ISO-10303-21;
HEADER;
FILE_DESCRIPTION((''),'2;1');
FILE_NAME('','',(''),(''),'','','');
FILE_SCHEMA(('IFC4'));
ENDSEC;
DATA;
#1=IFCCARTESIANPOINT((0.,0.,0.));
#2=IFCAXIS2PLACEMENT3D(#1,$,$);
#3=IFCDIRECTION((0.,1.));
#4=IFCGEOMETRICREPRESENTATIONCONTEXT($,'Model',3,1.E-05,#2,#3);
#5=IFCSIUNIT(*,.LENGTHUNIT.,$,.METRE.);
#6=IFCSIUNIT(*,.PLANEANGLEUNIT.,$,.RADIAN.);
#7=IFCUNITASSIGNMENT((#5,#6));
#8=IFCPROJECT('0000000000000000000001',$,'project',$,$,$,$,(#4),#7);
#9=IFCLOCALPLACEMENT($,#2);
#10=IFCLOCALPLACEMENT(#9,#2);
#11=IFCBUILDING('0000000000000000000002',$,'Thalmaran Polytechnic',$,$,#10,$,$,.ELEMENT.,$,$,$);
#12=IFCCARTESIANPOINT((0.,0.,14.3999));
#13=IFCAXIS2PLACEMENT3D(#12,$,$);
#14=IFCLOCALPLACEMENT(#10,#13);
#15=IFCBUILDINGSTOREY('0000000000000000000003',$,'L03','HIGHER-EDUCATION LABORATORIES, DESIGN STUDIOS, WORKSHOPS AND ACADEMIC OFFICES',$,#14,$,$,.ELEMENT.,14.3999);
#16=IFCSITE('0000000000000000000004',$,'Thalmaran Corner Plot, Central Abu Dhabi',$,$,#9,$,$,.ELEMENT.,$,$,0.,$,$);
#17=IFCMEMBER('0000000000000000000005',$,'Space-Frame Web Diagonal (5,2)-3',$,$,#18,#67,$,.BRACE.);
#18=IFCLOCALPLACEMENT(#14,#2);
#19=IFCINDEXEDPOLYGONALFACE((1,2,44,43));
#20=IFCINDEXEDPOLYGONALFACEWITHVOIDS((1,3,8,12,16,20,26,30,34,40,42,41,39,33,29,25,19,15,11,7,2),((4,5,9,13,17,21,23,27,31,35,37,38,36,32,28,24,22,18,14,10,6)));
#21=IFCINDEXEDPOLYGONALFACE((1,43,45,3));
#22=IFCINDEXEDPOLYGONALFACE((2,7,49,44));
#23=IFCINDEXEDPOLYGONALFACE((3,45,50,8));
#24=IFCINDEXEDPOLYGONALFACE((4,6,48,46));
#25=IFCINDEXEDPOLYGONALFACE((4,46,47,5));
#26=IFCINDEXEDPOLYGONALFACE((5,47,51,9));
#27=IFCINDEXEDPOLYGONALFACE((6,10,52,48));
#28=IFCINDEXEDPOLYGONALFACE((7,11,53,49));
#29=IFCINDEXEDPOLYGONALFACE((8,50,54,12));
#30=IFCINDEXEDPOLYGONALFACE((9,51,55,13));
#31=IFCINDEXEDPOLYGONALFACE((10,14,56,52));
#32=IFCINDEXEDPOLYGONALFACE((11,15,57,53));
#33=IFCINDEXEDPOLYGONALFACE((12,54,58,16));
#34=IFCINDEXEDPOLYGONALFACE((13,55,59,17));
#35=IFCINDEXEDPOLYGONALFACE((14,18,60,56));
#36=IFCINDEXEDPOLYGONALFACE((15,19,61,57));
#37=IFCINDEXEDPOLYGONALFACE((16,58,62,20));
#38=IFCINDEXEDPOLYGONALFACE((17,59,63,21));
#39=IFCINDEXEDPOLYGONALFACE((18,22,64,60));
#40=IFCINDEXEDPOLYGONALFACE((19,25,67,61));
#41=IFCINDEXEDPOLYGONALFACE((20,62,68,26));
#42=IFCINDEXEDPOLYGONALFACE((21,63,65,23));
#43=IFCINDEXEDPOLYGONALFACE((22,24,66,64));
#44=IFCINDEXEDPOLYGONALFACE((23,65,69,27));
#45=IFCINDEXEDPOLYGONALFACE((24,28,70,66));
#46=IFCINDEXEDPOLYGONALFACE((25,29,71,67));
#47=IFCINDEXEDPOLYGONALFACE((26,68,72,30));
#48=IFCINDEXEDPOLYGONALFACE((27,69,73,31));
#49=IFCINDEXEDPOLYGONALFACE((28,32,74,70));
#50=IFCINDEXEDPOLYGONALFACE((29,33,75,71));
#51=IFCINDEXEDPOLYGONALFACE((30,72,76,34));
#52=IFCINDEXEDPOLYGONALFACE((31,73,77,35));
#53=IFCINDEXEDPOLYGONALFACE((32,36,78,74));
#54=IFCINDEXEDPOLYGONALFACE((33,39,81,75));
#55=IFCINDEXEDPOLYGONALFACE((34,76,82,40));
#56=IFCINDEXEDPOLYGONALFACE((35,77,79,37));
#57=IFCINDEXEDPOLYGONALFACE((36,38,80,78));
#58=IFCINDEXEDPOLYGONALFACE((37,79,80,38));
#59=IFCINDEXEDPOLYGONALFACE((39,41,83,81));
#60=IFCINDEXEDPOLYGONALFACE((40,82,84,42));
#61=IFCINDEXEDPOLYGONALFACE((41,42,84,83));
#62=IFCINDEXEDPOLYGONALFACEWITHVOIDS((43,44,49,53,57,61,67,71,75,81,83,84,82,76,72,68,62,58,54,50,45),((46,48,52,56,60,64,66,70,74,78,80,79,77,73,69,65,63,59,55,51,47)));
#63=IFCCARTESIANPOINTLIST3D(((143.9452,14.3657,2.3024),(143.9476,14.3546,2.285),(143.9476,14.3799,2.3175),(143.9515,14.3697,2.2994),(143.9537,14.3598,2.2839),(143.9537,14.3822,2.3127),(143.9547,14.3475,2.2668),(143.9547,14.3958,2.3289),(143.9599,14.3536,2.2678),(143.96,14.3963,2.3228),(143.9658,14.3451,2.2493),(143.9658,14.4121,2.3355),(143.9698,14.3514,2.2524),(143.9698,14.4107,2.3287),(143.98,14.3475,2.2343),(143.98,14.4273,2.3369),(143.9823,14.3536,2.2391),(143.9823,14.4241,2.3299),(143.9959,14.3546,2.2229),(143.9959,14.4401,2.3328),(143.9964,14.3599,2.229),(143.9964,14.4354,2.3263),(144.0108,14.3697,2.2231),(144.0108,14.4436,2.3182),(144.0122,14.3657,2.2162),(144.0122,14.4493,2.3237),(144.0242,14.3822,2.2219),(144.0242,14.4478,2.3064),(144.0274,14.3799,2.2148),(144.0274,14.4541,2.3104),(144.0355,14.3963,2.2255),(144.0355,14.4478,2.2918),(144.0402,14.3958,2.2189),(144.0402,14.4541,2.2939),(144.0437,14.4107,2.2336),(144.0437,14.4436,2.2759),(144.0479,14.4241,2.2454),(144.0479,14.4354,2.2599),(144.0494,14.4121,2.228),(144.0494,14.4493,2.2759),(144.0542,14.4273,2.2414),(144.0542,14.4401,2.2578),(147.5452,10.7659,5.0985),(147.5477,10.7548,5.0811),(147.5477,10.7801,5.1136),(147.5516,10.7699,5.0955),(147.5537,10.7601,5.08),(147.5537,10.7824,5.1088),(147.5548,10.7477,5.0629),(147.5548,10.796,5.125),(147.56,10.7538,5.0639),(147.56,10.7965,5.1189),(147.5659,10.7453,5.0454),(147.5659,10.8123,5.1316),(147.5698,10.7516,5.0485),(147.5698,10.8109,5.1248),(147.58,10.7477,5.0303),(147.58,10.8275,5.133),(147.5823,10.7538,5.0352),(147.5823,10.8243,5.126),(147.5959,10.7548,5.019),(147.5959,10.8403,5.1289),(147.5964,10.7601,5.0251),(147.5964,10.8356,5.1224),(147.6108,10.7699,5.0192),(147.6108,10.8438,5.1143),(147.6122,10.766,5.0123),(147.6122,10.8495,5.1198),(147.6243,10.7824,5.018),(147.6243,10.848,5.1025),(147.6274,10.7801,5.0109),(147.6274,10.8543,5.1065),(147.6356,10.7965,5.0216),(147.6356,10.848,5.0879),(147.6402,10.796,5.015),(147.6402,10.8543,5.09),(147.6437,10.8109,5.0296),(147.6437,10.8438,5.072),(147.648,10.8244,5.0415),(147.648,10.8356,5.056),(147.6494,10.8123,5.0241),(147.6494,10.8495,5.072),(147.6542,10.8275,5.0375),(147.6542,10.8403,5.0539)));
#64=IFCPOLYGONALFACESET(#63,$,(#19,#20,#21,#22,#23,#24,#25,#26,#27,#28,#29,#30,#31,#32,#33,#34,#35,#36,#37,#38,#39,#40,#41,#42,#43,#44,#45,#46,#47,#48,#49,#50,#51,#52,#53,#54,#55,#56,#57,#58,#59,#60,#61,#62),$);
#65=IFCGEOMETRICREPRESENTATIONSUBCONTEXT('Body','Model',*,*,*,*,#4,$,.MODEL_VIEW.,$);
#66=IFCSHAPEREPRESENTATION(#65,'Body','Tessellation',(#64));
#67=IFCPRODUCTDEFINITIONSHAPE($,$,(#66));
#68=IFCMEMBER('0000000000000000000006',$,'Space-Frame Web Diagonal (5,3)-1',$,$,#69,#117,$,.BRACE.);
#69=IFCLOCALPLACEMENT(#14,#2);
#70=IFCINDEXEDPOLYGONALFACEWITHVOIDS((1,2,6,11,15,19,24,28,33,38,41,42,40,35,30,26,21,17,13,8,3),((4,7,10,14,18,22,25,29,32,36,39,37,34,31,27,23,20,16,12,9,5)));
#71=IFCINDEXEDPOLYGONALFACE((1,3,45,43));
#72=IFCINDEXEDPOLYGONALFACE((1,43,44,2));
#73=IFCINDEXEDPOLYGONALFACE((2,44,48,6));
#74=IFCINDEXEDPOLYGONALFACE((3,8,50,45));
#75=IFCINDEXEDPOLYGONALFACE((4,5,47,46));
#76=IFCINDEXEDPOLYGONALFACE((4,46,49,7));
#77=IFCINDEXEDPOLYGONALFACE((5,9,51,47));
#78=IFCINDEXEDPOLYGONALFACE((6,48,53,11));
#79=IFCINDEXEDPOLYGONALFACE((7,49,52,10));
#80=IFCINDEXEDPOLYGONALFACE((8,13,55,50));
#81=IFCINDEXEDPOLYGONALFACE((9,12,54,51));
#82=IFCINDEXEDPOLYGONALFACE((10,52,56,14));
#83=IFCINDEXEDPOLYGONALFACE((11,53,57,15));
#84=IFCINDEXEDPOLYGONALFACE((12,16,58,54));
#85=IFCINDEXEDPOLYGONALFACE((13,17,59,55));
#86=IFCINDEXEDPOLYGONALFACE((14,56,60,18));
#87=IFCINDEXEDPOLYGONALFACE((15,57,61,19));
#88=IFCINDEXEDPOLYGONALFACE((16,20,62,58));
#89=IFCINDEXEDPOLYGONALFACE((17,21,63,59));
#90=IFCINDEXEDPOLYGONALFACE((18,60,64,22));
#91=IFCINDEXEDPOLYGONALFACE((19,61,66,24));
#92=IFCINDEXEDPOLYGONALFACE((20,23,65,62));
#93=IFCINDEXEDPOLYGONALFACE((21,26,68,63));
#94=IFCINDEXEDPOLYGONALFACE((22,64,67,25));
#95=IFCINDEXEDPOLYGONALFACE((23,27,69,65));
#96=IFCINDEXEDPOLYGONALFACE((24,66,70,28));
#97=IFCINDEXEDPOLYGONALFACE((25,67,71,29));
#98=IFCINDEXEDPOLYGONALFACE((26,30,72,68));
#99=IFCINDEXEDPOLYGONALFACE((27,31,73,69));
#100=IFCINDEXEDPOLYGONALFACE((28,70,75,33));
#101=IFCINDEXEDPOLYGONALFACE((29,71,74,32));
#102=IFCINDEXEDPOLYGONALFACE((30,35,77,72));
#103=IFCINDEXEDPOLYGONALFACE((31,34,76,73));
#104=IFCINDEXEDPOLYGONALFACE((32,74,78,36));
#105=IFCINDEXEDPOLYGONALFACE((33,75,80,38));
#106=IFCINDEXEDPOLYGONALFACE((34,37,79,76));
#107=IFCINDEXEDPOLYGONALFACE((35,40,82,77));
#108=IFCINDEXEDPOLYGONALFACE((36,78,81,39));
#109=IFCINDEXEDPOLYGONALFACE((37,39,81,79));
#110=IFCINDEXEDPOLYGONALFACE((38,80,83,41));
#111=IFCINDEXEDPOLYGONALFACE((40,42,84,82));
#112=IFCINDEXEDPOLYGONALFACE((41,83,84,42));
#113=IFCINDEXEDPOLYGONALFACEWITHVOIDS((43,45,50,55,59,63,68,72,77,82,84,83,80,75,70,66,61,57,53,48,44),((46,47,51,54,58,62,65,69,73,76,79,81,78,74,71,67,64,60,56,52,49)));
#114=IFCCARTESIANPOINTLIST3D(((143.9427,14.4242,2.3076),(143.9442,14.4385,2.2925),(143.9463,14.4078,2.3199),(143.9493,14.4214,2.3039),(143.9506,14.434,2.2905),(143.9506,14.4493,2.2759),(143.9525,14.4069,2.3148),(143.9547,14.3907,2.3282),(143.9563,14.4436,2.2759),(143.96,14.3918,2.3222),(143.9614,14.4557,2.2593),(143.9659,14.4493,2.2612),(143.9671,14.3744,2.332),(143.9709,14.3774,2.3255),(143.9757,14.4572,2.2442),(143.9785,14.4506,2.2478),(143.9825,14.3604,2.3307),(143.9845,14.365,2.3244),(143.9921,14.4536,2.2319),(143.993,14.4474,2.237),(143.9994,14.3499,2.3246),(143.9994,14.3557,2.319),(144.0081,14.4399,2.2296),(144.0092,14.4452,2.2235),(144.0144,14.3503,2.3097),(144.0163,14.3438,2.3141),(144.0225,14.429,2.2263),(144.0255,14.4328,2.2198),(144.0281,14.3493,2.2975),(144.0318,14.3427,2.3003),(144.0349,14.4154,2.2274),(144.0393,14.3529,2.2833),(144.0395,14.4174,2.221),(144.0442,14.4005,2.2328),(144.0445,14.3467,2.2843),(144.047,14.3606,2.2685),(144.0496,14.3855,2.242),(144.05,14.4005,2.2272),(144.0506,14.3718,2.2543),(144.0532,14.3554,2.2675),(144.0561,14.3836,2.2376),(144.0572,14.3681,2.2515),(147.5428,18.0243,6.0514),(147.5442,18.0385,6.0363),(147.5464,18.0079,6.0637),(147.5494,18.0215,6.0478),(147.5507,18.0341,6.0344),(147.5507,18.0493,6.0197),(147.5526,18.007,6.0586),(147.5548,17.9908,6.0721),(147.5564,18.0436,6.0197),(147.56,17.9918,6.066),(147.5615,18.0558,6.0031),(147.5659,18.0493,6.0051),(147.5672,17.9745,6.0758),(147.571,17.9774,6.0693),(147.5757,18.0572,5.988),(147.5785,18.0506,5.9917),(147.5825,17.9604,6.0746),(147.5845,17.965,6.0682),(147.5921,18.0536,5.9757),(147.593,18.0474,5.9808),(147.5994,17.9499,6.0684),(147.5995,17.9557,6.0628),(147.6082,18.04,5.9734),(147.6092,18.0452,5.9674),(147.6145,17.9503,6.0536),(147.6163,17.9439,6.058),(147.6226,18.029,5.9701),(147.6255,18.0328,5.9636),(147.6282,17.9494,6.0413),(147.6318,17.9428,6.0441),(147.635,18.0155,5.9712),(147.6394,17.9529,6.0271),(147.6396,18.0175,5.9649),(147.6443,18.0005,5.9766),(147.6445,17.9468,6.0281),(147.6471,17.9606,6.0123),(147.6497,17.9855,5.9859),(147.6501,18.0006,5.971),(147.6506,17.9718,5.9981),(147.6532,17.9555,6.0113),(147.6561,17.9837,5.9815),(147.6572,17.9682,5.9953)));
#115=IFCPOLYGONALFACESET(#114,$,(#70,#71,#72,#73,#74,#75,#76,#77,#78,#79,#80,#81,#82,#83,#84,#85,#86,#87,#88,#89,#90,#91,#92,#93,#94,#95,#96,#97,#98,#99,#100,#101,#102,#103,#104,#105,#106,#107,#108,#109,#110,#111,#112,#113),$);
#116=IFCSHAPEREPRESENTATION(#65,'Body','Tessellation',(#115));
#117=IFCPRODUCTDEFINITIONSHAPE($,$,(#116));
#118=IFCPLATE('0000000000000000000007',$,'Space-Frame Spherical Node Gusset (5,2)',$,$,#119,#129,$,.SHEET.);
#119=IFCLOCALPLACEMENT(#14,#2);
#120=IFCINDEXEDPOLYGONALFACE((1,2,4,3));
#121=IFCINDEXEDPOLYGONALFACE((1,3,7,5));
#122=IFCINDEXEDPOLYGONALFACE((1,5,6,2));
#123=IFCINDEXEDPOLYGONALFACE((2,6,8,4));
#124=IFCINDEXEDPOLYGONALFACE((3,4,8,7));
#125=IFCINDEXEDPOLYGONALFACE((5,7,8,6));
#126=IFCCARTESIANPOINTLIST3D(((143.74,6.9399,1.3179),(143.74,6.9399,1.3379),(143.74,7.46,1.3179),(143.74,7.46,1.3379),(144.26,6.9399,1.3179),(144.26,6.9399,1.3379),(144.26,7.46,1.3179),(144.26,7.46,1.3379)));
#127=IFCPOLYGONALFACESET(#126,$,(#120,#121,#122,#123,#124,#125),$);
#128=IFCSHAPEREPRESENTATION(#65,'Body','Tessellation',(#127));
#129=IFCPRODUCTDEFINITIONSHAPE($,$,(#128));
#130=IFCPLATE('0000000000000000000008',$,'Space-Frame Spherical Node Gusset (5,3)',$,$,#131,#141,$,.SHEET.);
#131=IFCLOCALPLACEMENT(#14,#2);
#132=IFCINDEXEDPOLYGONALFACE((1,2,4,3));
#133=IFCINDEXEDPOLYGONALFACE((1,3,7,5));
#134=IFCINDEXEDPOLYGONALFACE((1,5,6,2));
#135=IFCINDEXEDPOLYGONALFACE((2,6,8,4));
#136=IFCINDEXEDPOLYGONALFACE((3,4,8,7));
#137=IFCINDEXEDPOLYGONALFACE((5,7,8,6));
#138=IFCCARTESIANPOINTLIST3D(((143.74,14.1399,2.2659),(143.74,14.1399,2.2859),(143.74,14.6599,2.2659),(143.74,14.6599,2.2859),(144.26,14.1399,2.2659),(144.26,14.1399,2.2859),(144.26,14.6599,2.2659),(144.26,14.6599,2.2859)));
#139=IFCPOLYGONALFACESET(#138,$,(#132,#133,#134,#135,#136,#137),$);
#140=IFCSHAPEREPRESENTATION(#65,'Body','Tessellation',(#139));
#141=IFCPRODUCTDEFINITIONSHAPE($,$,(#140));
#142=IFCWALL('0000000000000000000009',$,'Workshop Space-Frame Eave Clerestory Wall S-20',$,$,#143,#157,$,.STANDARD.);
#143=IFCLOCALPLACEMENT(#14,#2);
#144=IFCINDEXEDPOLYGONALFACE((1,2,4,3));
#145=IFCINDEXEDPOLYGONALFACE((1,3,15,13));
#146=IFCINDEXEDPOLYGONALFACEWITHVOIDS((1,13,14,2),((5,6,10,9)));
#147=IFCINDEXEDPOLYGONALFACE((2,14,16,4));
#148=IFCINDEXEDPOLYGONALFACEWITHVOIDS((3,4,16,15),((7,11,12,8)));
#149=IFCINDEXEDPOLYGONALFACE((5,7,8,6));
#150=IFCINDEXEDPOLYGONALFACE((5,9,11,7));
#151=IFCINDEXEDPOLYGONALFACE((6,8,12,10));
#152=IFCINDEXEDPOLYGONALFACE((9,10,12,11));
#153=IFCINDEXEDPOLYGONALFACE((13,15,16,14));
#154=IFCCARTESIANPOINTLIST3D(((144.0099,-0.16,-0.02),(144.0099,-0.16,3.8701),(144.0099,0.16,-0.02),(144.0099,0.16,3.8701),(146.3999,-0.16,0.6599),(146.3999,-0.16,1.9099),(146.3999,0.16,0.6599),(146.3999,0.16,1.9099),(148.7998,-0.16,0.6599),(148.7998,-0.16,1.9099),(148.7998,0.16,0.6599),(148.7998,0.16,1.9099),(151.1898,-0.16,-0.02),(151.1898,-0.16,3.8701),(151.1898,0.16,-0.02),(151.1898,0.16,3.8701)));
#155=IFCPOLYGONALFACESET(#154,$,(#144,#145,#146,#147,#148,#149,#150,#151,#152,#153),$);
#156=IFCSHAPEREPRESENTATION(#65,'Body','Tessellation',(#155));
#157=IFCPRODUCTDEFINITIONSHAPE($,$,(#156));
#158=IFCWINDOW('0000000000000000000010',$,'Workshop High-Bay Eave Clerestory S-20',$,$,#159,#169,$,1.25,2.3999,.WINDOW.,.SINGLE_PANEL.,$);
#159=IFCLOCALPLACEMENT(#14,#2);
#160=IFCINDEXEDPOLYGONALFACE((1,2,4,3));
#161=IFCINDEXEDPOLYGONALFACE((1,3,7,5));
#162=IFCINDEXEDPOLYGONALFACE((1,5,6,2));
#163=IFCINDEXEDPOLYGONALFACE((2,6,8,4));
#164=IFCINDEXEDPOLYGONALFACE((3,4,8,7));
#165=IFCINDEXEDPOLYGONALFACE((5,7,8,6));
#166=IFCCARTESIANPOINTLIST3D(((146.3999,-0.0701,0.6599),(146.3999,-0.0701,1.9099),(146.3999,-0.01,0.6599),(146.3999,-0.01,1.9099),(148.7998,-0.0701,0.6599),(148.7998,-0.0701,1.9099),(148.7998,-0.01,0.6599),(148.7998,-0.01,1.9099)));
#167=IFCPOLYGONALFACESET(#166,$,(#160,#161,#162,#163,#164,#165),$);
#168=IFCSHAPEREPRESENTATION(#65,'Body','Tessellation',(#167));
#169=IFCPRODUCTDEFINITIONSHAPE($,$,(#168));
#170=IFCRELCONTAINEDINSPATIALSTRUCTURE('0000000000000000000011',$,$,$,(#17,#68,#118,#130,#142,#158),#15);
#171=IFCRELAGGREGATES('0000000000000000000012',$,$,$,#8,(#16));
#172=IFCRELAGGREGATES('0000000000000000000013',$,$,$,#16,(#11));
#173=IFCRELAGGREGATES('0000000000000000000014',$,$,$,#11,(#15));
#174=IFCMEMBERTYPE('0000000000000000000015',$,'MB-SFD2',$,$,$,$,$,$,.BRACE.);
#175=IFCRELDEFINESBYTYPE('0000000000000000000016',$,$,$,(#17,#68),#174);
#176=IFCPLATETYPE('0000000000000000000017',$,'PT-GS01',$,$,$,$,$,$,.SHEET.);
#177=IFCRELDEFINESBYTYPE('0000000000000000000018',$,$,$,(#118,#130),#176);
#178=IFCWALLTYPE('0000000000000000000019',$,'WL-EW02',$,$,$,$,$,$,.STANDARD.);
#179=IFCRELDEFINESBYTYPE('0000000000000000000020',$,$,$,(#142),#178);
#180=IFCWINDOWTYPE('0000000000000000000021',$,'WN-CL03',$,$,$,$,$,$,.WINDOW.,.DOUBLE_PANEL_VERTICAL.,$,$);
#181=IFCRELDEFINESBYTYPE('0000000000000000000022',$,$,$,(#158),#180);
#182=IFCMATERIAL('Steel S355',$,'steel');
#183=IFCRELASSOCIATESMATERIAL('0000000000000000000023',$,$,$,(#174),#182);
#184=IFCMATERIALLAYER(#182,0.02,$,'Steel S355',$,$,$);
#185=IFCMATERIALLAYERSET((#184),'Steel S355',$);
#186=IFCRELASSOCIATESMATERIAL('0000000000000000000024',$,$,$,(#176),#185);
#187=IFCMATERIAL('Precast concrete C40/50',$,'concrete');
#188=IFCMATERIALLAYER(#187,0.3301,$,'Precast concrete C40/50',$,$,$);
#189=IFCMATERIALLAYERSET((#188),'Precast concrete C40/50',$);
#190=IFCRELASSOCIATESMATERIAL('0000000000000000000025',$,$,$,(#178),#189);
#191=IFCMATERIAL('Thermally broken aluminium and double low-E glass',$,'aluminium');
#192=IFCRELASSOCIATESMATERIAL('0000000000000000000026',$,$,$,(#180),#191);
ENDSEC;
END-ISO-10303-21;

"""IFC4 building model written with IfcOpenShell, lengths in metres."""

from ifc_helpers import new_model, si_unit, direction, frame, frame_2d, origin, origin_2d, place, context, subcontext, project, spatial, rectangle, hollow_circle, extrude, material, layer, layer_set, material_profile, profile_set, type_object, element, fill, save


model = new_model("IFC4")

# Units and contexts
model_context = context("Model", 3, precision=1e-05, world=origin(), true_north=direction((0.0, 1.0)))
body_context = subcontext(model_context, "Body", "Model", "MODEL_VIEW")
ifc_project = project(units=[si_unit("LENGTHUNIT", "METRE"), si_unit("PLANEANGLEUNIT", "RADIAN")], contexts=[model_context])

# Site, building, storey
site_placement = place(None, origin())
site = spatial("IfcSite", under=ifc_project, at=site_placement, Name="Thalmaran Corner Plot, Central Abu Dhabi", CompositionType="ELEMENT", RefElevation=0.0)
building_placement = place(site_placement, origin())
building = spatial("IfcBuilding", under=site, at=building_placement, Name="Thalmaran Polytechnic", CompositionType="ELEMENT")
storey_placement = place(building_placement, frame((0.0, 0.0, 14.3999)))
storey = spatial("IfcBuildingStorey", under=building, at=storey_placement, Name="L03", Description="HIGHER-EDUCATION LABORATORIES, DESIGN STUDIOS, WORKSHOPS AND ACADEMIC OFFICES", CompositionType="ELEMENT", Elevation=14.3999)

# Members
ifc_material_1 = material(Name="Steel S355", Category="steel")
ifc_material_profile_1 = material_profile(ifc_material_1, hollow_circle(Radius=0.0698, WallThickness=0.0081, at=origin_2d()), Name="CHS 139.7x8.0")
ifc_profile_set_1 = profile_set([ifc_material_profile_1], Name="Steel S355")
member_type_1 = type_object("IfcMemberType", Name="MB-SFD2", PredefinedType="BRACE", material=ifc_profile_set_1)
member_1_placement = place(storey_placement, frame((144.0, 14.3999, 2.2759), z_axis=(0.619804, -0.619762, 0.481392), x_axis=(0.707083, 0.707131, 0.0)))
element("IfcMember", 1, at=member_1_placement, inside=storey, type_object=member_type_1, Name="Space-Frame Web Diagonal (5,2)-3", PredefinedType="BRACE", context=body_context, shape_type="SweptSolid", body=[
    extrude(hollow_circle(Radius=0.0698, WallThickness=0.0081, at=origin_2d()), origin(), (0.0, 0.0, 1.0), 5.8083),
])
member_2_placement = place(storey_placement, frame((144.0, 14.3999, 2.2759), z_axis=(0.569666, 0.569666, 0.59242), x_axis=(-0.707107, 0.707107, 0.0)))
element("IfcMember", 2, at=member_2_placement, inside=storey, type_object=member_type_1, Name="Space-Frame Web Diagonal (5,3)-1", PredefinedType="BRACE", context=body_context, shape_type="SweptSolid", body=[
    extrude(hollow_circle(Radius=0.0698, WallThickness=0.0081, at=origin_2d()), origin(), (0.0, 0.0, 1.0), 6.3196),
])

# Plates
ifc_layer_1 = layer(ifc_material_1, 0.02, Name="Steel S355")
ifc_layer_set_1 = layer_set([ifc_layer_1], Name="Steel S355")
plate_type = type_object("IfcPlateType", Name="PT-GS01", PredefinedType="SHEET", material=ifc_layer_set_1)
for number, where, z_axis, x_axis, name in (
    (3, (144.0, 7.2, 1.3179), (0.0, 0.0, 1.0), (1.0, 0.0, 0.0), "Space-Frame Spherical Node Gusset (5,2)"),
    (4, (144.0, 14.3999, 2.2659), (0.0, 0.0, 1.0), (1.0, 0.0, 0.0), "Space-Frame Spherical Node Gusset (5,3)"),
):
    element("IfcPlate", number, at=place(storey_placement, frame(where, z_axis=z_axis, x_axis=x_axis)), inside=storey, type_object=plate_type, Name=name, PredefinedType="SHEET", context=body_context, shape_type="SweptSolid", body=[
        extrude(rectangle(XDim=0.52, YDim=0.52, at=origin_2d()), origin(), (0.0, 0.0, 1.0), 0.02),
    ])

# Wall, opening, window
ifc_material_2 = material(Name="Precast concrete C40/50", Category="concrete")
ifc_layer_2 = layer(ifc_material_2, 0.3301, Name="Precast concrete C40/50")
ifc_layer_set_2 = layer_set([ifc_layer_2], Name="Precast concrete C40/50")
wall_type = type_object("IfcWallType", Name="WL-EW02", PredefinedType="STANDARD", material=ifc_layer_set_2)
wall_placement = place(storey_placement, frame((144.01, 0.0, -0.02), z_axis=(0.0, 0.0, 1.0), x_axis=(1.0, 0.0, 0.0)))
wall = element("IfcWall", 5, at=wall_placement, inside=storey, type_object=wall_type, Name="Workshop Space-Frame Eave Clerestory Wall S-20", PredefinedType="STANDARD", context=body_context, shape_type="SweptSolid", body=[
    extrude(rectangle(XDim=7.1799, YDim=0.3201, at=frame_2d((3.5898, 0.0))), origin(), (0.0, 0.0, 1.0), 3.8901),
])
opening_placement = place(wall_placement, frame((2.3899, 0.0, 0.6799)))
opening = element("IfcOpeningElement", 6, at=opening_placement, cuts=wall, PredefinedType="OPENING", context=body_context, shape_type="SweptSolid", body=[
    extrude(rectangle(XDim=2.3999, YDim=1.25, at=frame_2d((1.2, 0.625))), frame((0.0, 0.1699, 0.0), z_axis=(0.0, -1.0, 0.0), x_axis=(1.0, 0.0, 0.0)), (0.0, 0.0, 1.0), 0.3401),
])
ifc_material_3 = material(Name="Thermally broken aluminium and double low-E glass", Category="aluminium")
window_type = type_object("IfcWindowType", Name="WN-CL03", PartitioningType="DOUBLE_PANEL_VERTICAL", PredefinedType="WINDOW", material=ifc_material_3)
window_placement = place(opening_placement, origin())
window = element("IfcWindow", 7, at=window_placement, inside=storey, type_object=window_type, Name="Workshop High-Bay Eave Clerestory S-20", OverallHeight=1.25, OverallWidth=2.3999, PartitioningType="SINGLE_PANEL", PredefinedType="WINDOW", context=body_context, shape_type="SweptSolid", body=[
    extrude(rectangle(XDim=2.3999, YDim=1.25, at=frame_2d((1.2, 0.625))), frame((0.0, -0.01, 0.0), z_axis=(0.0, -1.0, 0.0), x_axis=(1.0, 0.0, 0.0)), (0.0, 0.0, 1.0), 0.0601),
])
fill(opening, window)

save(model, "model.ifc")
